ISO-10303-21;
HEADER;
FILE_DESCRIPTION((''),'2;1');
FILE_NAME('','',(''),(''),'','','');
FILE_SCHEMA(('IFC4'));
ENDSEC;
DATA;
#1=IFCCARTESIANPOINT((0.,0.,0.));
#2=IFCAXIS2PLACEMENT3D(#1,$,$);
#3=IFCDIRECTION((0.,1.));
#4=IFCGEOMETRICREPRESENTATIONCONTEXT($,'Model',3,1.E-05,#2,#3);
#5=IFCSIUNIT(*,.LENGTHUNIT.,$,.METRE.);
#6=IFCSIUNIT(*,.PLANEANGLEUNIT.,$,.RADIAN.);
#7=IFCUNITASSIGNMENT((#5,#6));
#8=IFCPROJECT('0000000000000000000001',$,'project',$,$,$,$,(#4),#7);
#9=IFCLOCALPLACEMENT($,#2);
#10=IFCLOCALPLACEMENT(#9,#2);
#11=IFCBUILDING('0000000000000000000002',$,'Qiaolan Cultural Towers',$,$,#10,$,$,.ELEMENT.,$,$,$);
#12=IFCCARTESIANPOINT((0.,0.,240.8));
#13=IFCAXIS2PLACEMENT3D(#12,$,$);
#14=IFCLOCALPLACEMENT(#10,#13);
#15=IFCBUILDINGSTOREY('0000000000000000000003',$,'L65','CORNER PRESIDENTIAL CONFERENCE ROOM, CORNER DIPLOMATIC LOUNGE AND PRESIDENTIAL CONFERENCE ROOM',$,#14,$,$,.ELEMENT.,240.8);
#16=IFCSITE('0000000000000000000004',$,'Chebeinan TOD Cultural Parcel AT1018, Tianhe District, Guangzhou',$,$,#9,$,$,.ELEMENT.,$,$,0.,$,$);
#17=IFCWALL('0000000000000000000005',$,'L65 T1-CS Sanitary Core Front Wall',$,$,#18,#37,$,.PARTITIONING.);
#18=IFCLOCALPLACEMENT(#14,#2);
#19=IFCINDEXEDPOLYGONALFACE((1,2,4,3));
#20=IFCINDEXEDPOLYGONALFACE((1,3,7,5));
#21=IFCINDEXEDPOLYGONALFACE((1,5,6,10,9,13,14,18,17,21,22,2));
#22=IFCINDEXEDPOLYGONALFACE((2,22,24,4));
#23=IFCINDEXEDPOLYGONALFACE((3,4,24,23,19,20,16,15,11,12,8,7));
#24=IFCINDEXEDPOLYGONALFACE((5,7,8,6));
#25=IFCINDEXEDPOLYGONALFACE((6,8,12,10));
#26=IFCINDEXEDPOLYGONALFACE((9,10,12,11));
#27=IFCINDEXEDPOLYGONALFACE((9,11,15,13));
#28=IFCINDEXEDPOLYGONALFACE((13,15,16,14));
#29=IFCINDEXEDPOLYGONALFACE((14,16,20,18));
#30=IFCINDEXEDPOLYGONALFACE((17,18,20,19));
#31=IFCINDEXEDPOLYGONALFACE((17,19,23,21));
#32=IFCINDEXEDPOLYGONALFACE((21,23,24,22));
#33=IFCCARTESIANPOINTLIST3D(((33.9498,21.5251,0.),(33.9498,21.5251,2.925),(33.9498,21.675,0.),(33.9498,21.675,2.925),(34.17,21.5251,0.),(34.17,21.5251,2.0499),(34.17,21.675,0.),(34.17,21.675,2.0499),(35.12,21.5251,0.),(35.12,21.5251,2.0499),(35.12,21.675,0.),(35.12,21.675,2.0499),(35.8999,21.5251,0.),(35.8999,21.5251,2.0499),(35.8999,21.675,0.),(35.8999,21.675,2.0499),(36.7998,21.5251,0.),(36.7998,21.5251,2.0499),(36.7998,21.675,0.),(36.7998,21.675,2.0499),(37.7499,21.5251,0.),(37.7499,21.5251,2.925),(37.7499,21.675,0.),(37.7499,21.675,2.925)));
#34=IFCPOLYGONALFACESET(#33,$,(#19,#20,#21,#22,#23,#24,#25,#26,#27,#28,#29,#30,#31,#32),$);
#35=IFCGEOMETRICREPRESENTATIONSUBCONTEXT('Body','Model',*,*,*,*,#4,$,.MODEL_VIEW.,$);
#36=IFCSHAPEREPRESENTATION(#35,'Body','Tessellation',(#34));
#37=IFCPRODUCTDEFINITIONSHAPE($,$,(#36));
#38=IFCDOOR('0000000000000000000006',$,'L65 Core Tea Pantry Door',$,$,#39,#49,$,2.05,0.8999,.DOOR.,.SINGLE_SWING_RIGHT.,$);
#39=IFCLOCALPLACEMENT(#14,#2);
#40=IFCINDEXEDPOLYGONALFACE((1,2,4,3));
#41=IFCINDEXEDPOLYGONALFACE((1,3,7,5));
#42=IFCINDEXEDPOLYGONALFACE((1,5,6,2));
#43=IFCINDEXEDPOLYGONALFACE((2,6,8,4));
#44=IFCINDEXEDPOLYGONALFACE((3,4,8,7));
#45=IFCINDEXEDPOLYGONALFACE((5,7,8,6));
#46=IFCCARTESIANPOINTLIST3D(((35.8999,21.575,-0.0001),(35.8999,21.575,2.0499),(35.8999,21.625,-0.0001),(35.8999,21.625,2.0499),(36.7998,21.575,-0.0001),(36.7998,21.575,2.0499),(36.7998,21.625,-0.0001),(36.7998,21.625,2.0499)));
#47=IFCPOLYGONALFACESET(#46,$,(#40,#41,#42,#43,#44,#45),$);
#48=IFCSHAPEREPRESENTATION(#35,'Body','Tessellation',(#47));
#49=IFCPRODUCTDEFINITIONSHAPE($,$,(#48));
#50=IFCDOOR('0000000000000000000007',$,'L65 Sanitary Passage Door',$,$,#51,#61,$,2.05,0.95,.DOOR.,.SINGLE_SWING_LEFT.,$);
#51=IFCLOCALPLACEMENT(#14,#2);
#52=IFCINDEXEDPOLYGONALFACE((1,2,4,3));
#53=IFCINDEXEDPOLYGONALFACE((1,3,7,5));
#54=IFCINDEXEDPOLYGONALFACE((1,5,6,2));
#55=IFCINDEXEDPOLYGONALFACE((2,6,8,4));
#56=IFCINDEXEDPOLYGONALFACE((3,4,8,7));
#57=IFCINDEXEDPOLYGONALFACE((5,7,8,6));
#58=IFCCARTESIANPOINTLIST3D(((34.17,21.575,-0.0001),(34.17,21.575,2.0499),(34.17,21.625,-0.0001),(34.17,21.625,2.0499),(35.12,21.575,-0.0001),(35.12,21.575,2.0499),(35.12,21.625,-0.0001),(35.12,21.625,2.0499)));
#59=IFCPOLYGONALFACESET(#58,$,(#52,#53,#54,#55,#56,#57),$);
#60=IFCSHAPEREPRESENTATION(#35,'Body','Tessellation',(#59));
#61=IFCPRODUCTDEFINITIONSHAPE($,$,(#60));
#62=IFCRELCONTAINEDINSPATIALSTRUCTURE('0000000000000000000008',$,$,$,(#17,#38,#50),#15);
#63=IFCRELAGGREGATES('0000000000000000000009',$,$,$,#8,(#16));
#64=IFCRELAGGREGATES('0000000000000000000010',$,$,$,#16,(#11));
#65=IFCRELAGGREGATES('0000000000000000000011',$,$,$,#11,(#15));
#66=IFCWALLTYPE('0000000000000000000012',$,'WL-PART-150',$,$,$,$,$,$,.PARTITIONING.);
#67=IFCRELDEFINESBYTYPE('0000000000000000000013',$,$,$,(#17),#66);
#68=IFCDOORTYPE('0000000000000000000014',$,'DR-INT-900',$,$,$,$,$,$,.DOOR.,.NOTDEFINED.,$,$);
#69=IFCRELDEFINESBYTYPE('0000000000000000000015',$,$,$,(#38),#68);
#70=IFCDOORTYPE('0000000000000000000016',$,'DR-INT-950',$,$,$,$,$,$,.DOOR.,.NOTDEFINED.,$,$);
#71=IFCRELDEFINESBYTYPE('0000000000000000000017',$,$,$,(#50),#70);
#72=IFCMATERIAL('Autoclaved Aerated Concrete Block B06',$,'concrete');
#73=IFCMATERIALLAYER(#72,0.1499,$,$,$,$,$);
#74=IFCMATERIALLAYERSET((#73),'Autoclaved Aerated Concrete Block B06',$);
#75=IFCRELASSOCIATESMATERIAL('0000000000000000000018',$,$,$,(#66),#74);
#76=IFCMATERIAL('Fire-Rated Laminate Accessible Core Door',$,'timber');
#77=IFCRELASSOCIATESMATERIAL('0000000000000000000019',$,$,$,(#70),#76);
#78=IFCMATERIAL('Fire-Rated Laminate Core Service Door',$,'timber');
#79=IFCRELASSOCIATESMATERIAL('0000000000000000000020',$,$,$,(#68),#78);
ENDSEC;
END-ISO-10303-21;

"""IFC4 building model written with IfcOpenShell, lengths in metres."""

from ifc_helpers import new_model, si_unit, direction, frame, frame_2d, origin, place, context, subcontext, project, spatial, rectangle, extrude, material, layer, layer_set, type_object, element, fill, save


model = new_model("IFC4")

# Units and contexts
model_context = context("Model", 3, precision=1e-05, world=origin(), true_north=direction((0.0, 1.0)))
body_context = subcontext(model_context, "Body", "Model", "MODEL_VIEW")
ifc_project = project(units=[si_unit("LENGTHUNIT", "METRE"), si_unit("PLANEANGLEUNIT", "RADIAN")], contexts=[model_context])

# Site, building, storey
site_placement = place(None, origin())
site = spatial("IfcSite", under=ifc_project, at=site_placement, Name="Chebeinan TOD Cultural Parcel AT1018, Tianhe District, Guangzhou", CompositionType="ELEMENT", RefElevation=0.0)
building_placement = place(site_placement, origin())
building = spatial("IfcBuilding", under=site, at=building_placement, Name="Qiaolan Cultural Towers", CompositionType="ELEMENT")
storey_placement = place(building_placement, frame((0.0, 0.0, 240.8)))
storey = spatial("IfcBuildingStorey", under=building, at=storey_placement, Name="L65", Description="CORNER PRESIDENTIAL CONFERENCE ROOM, CORNER DIPLOMATIC LOUNGE AND PRESIDENTIAL CONFERENCE ROOM", CompositionType="ELEMENT", Elevation=240.8)

# Shared definitions
ifc_material_1 = material(Name="Autoclaved Aerated Concrete Block B06", Category="concrete")
ifc_layer_1 = layer(ifc_material_1, 0.1499)
ifc_layer_set_1 = layer_set([ifc_layer_1], Name="Autoclaved Aerated Concrete Block B06")
wall_type_1 = type_object("IfcWallType", Name="WL-PART-150", PredefinedType="PARTITIONING", material=ifc_layer_set_1)
ifc_material_2 = material(Name="Fire-Rated Laminate Accessible Core Door", Category="timber")
door_type_1 = type_object("IfcDoorType", Name="DR-INT-950", OperationType="NOTDEFINED", PredefinedType="DOOR", material=ifc_material_2)

# Wall, openings, doors
wall_1_placement = place(storey_placement, frame((33.95, 21.6001, 0.0), z_axis=(0.0, 0.0, 1.0), x_axis=(1.0, 0.0, 0.0)))
wall_1 = element("IfcWall", 1, at=wall_1_placement, inside=storey, type_object=wall_type_1, Name="L65 T1-CS Sanitary Core Front Wall", PredefinedType="PARTITIONING", context=body_context, shape_type="SweptSolid", body=[
    extrude(rectangle(XDim=3.8, YDim=0.1499, at=frame_2d((1.8999, 0.0))), origin(), (0.0, 0.0, 1.0), 2.925),
])
opening_1_placement = place(wall_1_placement, frame((0.22, 0.0, 0.0)))
opening_1 = element("IfcOpeningElement", 2, at=opening_1_placement, cuts=wall_1, PredefinedType="OPENING", context=body_context, shape_type="SweptSolid", body=[
    extrude(rectangle(XDim=0.95, YDim=2.05, at=frame_2d((0.4751, 1.0249))), frame((0.0, 0.085, 0.0), z_axis=(0.0, -1.0, 0.0), x_axis=(1.0, 0.0, 0.0)), (0.0, 0.0, 1.0), 0.1699),
])
opening_2_placement = place(wall_1_placement, frame((1.95, 0.0, 0.0)))
opening_2 = element("IfcOpeningElement", 3, at=opening_2_placement, cuts=wall_1, PredefinedType="OPENING", context=body_context, shape_type="SweptSolid", body=[
    extrude(rectangle(XDim=0.8999, YDim=2.05, at=frame_2d((0.45, 1.0249))), frame((0.0, 0.085, 0.0), z_axis=(0.0, -1.0, 0.0), x_axis=(1.0, 0.0, 0.0)), (0.0, 0.0, 1.0), 0.1699),
])
ifc_material_3 = material(Name="Fire-Rated Laminate Core Service Door", Category="timber")
door_type_2 = type_object("IfcDoorType", Name="DR-INT-900", OperationType="NOTDEFINED", PredefinedType="DOOR", material=ifc_material_3)
door_1_placement = place(opening_2_placement, origin())
door_1 = element("IfcDoor", 4, at=door_1_placement, inside=storey, type_object=door_type_2, Name="L65 Core Tea Pantry Door", OperationType="SINGLE_SWING_RIGHT", OverallHeight=2.05, OverallWidth=0.8999, PredefinedType="DOOR", context=body_context, shape_type="SweptSolid", body=[
    extrude(rectangle(XDim=0.8999, YDim=2.05, at=frame_2d((0.45, 1.0249))), frame((0.0, 0.0249, 0.0), z_axis=(0.0, -1.0, 0.0), x_axis=(1.0, 0.0, 0.0)), (0.0, 0.0, 1.0), 0.05),
])
fill(opening_2, door_1)
door_2_placement = place(opening_1_placement, origin())
door_2 = element("IfcDoor", 5, at=door_2_placement, inside=storey, type_object=door_type_1, Name="L65 Sanitary Passage Door", OperationType="SINGLE_SWING_LEFT", OverallHeight=2.05, OverallWidth=0.95, PredefinedType="DOOR", context=body_context, shape_type="SweptSolid", body=[
    extrude(rectangle(XDim=0.95, YDim=2.05, at=frame_2d((0.4751, 1.0249))), frame((0.0, 0.0249, 0.0), z_axis=(0.0, -1.0, 0.0), x_axis=(1.0, 0.0, 0.0)), (0.0, 0.0, 1.0), 0.05),
])
fill(opening_1, door_2)

save(model, "model.ifc")
